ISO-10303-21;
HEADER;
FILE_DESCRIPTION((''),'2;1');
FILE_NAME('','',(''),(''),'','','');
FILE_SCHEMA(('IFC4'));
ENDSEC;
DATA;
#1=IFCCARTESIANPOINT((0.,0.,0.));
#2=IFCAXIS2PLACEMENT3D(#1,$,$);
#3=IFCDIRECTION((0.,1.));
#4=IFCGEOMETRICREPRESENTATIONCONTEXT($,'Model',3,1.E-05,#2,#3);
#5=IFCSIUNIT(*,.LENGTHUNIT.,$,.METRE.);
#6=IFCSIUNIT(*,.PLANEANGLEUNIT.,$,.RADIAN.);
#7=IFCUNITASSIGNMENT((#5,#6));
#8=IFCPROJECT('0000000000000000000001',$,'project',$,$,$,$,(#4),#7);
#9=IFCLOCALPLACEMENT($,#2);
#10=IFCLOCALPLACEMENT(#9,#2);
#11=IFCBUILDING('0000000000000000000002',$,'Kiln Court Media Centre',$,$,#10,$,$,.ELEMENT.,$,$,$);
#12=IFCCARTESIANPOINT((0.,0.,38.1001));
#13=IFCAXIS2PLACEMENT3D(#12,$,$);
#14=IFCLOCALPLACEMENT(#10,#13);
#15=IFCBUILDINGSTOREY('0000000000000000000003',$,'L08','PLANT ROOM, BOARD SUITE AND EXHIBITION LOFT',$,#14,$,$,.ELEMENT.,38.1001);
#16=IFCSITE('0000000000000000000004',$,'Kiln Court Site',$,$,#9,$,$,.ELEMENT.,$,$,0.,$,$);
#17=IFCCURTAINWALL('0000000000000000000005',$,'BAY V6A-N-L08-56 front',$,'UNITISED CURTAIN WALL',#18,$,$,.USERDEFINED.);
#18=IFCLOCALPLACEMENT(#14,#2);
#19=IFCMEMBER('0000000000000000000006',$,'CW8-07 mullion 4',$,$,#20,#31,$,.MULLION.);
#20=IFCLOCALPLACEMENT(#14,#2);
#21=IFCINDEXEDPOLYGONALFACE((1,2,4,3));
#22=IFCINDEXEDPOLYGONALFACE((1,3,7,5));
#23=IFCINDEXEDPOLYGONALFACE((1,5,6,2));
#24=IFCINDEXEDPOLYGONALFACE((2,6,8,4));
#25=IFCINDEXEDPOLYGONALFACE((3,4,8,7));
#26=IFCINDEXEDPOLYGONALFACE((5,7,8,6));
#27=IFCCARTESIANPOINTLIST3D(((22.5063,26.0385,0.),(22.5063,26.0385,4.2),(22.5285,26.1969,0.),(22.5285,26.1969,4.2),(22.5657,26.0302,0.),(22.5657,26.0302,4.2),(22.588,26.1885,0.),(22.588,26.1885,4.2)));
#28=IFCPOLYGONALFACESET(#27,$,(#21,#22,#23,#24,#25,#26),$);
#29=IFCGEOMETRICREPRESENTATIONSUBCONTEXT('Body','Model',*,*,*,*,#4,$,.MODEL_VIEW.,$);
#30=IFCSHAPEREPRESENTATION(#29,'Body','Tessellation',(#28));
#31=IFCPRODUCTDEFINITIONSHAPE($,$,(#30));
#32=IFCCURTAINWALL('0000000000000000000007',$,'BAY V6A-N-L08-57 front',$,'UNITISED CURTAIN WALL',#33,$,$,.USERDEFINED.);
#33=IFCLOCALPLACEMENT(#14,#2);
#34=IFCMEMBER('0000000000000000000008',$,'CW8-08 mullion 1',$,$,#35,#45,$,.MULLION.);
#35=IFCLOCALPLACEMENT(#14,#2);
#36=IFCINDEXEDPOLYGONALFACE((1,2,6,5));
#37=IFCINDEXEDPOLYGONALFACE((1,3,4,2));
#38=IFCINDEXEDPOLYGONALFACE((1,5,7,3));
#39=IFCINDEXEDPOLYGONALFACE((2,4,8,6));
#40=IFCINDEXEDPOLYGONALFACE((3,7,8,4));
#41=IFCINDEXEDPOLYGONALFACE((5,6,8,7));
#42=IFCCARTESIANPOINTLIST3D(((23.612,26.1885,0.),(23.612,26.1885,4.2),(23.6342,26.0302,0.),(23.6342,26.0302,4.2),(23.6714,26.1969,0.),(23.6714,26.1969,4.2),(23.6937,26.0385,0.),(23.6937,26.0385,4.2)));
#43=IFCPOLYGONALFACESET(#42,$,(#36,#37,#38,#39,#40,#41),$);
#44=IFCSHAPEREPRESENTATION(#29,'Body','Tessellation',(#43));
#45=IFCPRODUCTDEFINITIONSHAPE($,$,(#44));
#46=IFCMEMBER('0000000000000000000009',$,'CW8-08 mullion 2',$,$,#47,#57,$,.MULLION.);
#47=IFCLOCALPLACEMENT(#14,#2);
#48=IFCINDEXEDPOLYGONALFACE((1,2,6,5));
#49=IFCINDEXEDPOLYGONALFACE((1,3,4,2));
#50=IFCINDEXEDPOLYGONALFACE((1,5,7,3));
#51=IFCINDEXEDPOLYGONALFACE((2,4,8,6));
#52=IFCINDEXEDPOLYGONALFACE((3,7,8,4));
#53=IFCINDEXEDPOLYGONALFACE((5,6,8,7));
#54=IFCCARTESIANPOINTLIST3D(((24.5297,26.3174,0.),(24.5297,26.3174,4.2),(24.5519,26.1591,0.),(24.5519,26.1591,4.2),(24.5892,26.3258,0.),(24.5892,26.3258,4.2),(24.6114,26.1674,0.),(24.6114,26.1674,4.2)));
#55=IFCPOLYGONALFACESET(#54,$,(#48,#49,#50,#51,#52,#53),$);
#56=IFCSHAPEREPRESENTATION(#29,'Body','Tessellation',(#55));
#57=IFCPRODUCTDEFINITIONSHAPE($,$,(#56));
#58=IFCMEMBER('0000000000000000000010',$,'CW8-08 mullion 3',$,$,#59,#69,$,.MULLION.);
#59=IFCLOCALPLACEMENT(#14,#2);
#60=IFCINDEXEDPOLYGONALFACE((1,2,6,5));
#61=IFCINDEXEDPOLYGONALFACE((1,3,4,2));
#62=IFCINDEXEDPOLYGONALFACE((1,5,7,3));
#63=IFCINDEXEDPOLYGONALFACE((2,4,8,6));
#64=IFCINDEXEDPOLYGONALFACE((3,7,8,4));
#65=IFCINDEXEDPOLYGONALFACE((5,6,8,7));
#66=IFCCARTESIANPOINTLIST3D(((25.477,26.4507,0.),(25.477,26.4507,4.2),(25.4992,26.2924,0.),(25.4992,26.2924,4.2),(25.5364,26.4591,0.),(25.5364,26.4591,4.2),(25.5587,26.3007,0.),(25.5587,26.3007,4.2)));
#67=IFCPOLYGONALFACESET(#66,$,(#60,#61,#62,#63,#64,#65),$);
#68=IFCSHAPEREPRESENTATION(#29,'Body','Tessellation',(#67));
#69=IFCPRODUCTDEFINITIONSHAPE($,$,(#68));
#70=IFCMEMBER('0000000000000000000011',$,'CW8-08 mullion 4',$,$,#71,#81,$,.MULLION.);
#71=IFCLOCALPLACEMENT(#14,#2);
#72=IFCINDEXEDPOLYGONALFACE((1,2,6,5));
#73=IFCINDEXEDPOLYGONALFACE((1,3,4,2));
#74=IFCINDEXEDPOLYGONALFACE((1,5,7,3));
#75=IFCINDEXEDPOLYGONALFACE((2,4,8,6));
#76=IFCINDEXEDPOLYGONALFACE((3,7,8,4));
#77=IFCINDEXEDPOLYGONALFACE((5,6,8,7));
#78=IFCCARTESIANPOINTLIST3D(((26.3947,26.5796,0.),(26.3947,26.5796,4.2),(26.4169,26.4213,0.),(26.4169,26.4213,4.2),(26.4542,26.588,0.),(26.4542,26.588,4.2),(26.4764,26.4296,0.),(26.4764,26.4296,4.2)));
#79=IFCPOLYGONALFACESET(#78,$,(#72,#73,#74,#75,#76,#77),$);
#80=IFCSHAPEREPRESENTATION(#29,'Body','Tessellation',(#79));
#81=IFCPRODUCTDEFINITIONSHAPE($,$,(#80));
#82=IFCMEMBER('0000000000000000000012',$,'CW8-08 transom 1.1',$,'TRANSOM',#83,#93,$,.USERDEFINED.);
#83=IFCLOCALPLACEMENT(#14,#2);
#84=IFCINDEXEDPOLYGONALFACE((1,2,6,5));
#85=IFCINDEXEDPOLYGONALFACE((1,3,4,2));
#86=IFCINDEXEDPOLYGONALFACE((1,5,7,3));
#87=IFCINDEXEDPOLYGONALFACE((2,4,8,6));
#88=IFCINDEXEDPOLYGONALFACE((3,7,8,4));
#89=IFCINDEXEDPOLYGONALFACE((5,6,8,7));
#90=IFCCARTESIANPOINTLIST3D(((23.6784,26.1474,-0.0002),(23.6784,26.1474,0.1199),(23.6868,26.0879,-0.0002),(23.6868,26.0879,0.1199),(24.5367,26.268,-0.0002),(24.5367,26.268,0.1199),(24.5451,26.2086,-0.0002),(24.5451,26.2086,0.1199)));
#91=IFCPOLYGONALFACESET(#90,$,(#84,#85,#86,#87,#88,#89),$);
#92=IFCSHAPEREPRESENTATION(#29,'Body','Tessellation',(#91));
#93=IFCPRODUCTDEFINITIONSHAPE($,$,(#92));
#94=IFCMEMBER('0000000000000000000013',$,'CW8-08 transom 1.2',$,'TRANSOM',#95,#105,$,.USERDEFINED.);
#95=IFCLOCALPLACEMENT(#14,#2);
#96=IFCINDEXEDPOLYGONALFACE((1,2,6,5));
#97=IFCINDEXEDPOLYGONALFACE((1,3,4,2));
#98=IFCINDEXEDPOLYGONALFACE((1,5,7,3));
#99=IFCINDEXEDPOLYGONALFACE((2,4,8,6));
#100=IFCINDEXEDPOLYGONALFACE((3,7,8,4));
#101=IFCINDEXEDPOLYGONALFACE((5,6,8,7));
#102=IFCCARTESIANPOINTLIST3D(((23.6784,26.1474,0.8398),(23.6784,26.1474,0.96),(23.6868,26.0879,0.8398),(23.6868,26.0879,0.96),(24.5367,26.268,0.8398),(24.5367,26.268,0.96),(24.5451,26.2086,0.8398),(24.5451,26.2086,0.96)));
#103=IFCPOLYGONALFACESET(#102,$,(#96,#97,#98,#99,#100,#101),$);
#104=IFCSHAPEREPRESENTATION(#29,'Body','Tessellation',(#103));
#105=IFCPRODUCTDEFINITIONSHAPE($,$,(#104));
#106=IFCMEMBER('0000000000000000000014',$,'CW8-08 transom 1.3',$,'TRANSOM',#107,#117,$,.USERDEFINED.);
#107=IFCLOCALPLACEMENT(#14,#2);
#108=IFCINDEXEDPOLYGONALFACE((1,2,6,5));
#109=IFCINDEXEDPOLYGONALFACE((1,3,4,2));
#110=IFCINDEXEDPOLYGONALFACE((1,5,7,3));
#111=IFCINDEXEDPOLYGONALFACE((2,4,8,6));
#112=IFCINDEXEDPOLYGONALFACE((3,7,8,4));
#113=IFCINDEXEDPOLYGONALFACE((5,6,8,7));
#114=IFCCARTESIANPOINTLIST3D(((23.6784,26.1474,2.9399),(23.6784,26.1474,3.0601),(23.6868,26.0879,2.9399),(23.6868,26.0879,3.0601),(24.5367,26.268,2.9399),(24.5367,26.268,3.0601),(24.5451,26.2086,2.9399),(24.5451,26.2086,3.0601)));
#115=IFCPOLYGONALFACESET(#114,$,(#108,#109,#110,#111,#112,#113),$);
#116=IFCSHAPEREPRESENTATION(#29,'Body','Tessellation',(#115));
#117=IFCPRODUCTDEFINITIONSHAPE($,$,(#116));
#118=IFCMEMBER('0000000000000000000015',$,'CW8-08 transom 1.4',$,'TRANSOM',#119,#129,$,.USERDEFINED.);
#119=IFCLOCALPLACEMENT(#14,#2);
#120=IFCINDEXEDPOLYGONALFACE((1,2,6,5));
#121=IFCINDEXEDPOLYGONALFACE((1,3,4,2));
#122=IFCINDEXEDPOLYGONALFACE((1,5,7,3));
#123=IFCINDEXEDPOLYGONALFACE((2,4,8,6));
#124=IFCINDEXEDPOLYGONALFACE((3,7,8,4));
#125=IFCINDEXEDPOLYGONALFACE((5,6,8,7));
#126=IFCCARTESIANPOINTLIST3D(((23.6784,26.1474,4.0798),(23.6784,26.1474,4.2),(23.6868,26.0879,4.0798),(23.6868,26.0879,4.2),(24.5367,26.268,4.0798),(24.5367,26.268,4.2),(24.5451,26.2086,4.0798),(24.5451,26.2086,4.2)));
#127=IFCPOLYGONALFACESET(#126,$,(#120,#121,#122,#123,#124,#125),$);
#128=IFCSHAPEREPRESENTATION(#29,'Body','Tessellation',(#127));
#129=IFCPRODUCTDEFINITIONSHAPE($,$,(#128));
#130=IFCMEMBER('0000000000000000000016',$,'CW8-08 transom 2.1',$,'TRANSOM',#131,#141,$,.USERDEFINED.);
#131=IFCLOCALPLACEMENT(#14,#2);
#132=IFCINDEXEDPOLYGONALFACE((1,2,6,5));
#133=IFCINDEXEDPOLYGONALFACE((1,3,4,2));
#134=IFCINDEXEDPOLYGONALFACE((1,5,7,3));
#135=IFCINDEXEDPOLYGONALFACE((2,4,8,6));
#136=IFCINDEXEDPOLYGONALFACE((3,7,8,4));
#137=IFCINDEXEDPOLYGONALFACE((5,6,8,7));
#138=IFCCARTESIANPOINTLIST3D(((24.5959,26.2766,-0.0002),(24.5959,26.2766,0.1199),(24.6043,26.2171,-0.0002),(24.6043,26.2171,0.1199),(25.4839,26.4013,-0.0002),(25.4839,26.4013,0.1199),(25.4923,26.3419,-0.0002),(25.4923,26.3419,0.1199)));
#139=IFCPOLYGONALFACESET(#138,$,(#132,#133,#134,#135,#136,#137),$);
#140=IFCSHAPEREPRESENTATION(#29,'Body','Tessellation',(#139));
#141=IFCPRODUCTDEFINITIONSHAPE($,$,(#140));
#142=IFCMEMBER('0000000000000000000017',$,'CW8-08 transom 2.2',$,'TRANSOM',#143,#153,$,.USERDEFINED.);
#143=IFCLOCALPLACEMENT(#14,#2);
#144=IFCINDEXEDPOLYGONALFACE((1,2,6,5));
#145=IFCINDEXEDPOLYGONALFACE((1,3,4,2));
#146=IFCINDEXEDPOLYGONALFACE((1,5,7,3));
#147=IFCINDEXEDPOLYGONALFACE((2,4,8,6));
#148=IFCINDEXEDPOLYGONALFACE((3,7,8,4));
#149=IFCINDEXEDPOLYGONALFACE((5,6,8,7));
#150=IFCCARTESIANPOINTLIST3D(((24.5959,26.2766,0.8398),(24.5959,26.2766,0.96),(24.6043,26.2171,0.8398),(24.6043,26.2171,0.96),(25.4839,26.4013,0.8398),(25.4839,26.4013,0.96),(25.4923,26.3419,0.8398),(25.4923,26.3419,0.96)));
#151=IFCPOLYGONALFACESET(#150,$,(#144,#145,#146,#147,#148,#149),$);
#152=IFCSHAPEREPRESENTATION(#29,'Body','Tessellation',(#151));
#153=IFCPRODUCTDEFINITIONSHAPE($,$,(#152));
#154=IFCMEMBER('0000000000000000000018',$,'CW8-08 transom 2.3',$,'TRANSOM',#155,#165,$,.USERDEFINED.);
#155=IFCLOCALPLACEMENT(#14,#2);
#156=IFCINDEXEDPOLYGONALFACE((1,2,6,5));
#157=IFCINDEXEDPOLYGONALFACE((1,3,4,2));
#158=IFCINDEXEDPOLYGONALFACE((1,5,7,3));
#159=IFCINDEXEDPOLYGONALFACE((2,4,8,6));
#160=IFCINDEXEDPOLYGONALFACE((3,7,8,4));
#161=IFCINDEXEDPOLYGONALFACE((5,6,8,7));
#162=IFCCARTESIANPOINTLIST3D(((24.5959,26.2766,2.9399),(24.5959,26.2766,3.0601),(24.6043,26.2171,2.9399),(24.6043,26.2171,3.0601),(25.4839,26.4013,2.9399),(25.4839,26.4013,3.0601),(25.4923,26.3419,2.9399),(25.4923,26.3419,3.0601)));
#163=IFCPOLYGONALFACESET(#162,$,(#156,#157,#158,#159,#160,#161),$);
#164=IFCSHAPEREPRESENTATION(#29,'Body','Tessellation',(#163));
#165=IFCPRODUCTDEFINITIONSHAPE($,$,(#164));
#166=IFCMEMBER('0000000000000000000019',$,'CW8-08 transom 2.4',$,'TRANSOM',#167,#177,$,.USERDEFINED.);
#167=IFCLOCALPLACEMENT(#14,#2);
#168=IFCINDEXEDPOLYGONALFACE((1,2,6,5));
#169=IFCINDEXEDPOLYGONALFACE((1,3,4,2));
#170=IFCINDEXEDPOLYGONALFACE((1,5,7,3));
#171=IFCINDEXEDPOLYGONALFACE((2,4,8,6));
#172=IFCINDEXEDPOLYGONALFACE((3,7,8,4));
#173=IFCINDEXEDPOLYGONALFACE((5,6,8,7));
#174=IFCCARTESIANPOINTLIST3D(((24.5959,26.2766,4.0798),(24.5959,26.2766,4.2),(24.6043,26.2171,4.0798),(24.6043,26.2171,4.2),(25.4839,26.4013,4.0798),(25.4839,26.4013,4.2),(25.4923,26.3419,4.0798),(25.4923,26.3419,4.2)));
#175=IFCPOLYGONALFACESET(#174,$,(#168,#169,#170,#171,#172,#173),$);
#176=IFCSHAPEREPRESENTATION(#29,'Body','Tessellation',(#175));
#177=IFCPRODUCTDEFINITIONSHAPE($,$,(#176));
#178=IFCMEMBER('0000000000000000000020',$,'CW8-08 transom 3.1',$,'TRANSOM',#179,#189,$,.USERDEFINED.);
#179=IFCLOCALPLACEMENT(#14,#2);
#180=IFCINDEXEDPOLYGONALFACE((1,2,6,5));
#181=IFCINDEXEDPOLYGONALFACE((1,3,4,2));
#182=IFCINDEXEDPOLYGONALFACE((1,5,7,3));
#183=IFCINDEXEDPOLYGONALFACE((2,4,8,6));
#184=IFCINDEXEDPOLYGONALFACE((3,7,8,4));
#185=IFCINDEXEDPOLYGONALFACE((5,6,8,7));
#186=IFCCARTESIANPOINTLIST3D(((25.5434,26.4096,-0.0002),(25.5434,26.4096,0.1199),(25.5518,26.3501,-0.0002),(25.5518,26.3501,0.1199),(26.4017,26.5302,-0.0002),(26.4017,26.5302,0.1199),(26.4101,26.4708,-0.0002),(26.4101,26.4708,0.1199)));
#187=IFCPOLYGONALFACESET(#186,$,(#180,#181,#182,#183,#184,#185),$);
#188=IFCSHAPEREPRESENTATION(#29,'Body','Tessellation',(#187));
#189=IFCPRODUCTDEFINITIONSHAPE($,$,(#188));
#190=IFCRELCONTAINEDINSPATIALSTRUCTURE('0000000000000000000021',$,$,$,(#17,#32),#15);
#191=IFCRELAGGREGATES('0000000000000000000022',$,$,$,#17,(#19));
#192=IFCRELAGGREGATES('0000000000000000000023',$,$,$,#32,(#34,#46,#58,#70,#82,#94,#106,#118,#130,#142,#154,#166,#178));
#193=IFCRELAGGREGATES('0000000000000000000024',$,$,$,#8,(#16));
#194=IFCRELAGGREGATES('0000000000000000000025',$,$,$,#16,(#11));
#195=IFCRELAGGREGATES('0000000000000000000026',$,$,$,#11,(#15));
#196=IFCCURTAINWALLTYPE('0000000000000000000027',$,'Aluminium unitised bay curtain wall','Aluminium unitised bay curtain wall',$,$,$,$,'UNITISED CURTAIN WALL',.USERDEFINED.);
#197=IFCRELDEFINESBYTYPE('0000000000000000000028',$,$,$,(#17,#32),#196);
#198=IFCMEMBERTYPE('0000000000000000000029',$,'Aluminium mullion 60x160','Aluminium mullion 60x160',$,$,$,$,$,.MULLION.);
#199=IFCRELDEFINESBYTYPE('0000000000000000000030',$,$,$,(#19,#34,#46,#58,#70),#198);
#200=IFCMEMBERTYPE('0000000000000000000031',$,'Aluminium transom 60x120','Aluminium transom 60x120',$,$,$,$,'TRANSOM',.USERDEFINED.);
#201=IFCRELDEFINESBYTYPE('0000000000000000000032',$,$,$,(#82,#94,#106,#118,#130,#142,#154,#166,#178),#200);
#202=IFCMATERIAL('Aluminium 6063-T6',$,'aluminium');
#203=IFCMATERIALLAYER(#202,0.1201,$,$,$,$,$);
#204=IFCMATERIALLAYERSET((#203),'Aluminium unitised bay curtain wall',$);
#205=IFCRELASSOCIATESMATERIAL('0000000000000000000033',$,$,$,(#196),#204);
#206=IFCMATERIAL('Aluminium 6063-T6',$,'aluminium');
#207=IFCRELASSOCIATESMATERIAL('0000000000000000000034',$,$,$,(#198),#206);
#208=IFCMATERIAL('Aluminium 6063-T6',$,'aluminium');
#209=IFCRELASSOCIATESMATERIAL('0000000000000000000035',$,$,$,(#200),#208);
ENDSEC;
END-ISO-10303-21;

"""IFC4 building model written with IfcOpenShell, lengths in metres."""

from ifc_helpers import new_model, si_unit, direction, frame, origin, origin_2d, place, context, subcontext, project, spatial, rectangle, extrude, material, layer, layer_set, material_profile, profile_set, type_object, element, aggregate, save


model = new_model("IFC4")

# Units and contexts
model_context = context("Model", 3, precision=1e-05, world=origin(), true_north=direction((0.0, 1.0)))
body_context = subcontext(model_context, "Body", "Model", "MODEL_VIEW")
ifc_project = project(units=[si_unit("LENGTHUNIT", "METRE"), si_unit("PLANEANGLEUNIT", "RADIAN")], contexts=[model_context])

# Site, building, storey
site_placement = place(None, origin())
site = spatial("IfcSite", under=ifc_project, at=site_placement, Name="Kiln Court Site", CompositionType="ELEMENT", RefElevation=0.0)
building_placement = place(site_placement, origin())
building = spatial("IfcBuilding", under=site, at=building_placement, Name="Kiln Court Media Centre", CompositionType="ELEMENT")
storey_placement = place(building_placement, frame((0.0, 0.0, 38.1001)))
storey = spatial("IfcBuildingStorey", under=building, at=storey_placement, Name="L08", Description="PLANT ROOM, BOARD SUITE AND EXHIBITION LOFT", CompositionType="ELEMENT", Elevation=38.1001)

# Curtain wall, member
ifc_material_1 = material(Name="Aluminium 6063-T6", Category="aluminium")
ifc_layer_1 = layer(ifc_material_1, 0.1201)
ifc_layer_set_1 = layer_set([ifc_layer_1], Name="Aluminium unitised bay curtain wall")
curtain_wall_type = type_object("IfcCurtainWallType", Name="Aluminium unitised bay curtain wall", Description="Aluminium unitised bay curtain wall", ElementType="UNITISED CURTAIN WALL", PredefinedType="USERDEFINED", material=ifc_layer_set_1)
curtain_wall_1_placement = place(storey_placement, origin())
curtain_wall_1 = element("IfcCurtainWall", 1, at=curtain_wall_1_placement, inside=storey, type_object=curtain_wall_type, Name="BAY V6A-N-L08-56 front", ObjectType="UNITISED CURTAIN WALL", PredefinedType="USERDEFINED")
ifc_material_2 = material(Name="Aluminium 6063-T6", Category="aluminium")
ifc_material_profile_1 = material_profile(ifc_material_2, rectangle(XDim=0.0601, YDim=0.1599, at=origin_2d()), Name="Aluminium mullion 60x160")
ifc_profile_set_1 = profile_set([ifc_material_profile_1], Name="Aluminium 6063-T6")
member_type_1 = type_object("IfcMemberType", Name="Aluminium mullion 60x160", Description="Aluminium mullion 60x160", PredefinedType="MULLION", material=ifc_profile_set_1)
member_1_placement = place(storey_placement, frame((22.5471, 26.1135, 0.0), z_axis=(0.0, 0.0, 1.0), x_axis=(0.99027, -0.139162, 0.0)))
member_1 = element("IfcMember", 2, at=member_1_placement, type_object=member_type_1, Name="CW8-07 mullion 4", PredefinedType="MULLION", context=body_context, shape_type="SweptSolid", body=[
    extrude(rectangle(XDim=0.0601, YDim=0.1599, at=origin_2d()), origin(), (0.0, 0.0, 1.0), 4.2),
])
aggregate(curtain_wall_1, [member_1])

# Curtain wall, members
curtain_wall_2_placement = place(storey_placement, origin())
curtain_wall_2 = element("IfcCurtainWall", 3, at=curtain_wall_2_placement, inside=storey, type_object=curtain_wall_type, Name="BAY V6A-N-L08-57 front", ObjectType="UNITISED CURTAIN WALL", PredefinedType="USERDEFINED")
member_2_placement = place(storey_placement, frame((23.6528, 26.1135, 0.0), z_axis=(0.0, 0.0, 1.0), x_axis=(0.99027, 0.139162, 0.0)))
member_2 = element("IfcMember", 4, at=member_2_placement, type_object=member_type_1, Name="CW8-08 mullion 1", PredefinedType="MULLION", context=body_context, shape_type="SweptSolid", body=[
    extrude(rectangle(XDim=0.0601, YDim=0.1599, at=origin_2d()), origin(), (0.0, 0.0, 1.0), 4.2),
])
member_3_placement = place(storey_placement, frame((24.5706, 26.2424, 0.0), z_axis=(0.0, 0.0, 1.0), x_axis=(0.99027, 0.139162, 0.0)))
member_3 = element("IfcMember", 5, at=member_3_placement, type_object=member_type_1, Name="CW8-08 mullion 2", PredefinedType="MULLION", context=body_context, shape_type="SweptSolid", body=[
    extrude(rectangle(XDim=0.0601, YDim=0.1599, at=origin_2d()), origin(), (0.0, 0.0, 1.0), 4.2),
])
member_4_placement = place(storey_placement, frame((25.5178, 26.3757, 0.0), z_axis=(0.0, 0.0, 1.0), x_axis=(0.99027, 0.139162, 0.0)))
member_4 = element("IfcMember", 6, at=member_4_placement, type_object=member_type_1, Name="CW8-08 mullion 3", PredefinedType="MULLION", context=body_context, shape_type="SweptSolid", body=[
    extrude(rectangle(XDim=0.0601, YDim=0.1599, at=origin_2d()), origin(), (0.0, 0.0, 1.0), 4.2),
])
member_5_placement = place(storey_placement, frame((26.4355, 26.5046, 0.0), z_axis=(0.0, 0.0, 1.0), x_axis=(0.99027, 0.139162, 0.0)))
member_5 = element("IfcMember", 7, at=member_5_placement, type_object=member_type_1, Name="CW8-08 mullion 4", PredefinedType="MULLION", context=body_context, shape_type="SweptSolid", body=[
    extrude(rectangle(XDim=0.0601, YDim=0.1599, at=origin_2d()), origin(), (0.0, 0.0, 1.0), 4.2),
])
ifc_material_3 = material(Name="Aluminium 6063-T6", Category="aluminium")
ifc_material_profile_2 = material_profile(ifc_material_3, rectangle(XDim=0.0601, YDim=0.1201, at=origin_2d()), Name="Aluminium transom 60x120")
ifc_profile_set_2 = profile_set([ifc_material_profile_2], Name="Aluminium 6063-T6")
member_type_2 = type_object("IfcMemberType", Name="Aluminium transom 60x120", Description="Aluminium transom 60x120", ElementType="TRANSOM", PredefinedType="USERDEFINED", material=ifc_profile_set_2)
member_6_placement = place(storey_placement, frame((23.6826, 26.1177, 0.0598), z_axis=(0.990268, 0.139173, 0.0), x_axis=(-0.139173, 0.990268, 0.0)))
member_6 = element("IfcMember", 8, at=member_6_placement, type_object=member_type_2, Name="CW8-08 transom 1.1", ObjectType="TRANSOM", PredefinedType="USERDEFINED", context=body_context, shape_type="SweptSolid", body=[
    extrude(rectangle(XDim=0.0601, YDim=0.1201, at=origin_2d()), origin(), (0.0, 0.0, 1.0), 0.8667),
])
member_7_placement = place(storey_placement, frame((23.6826, 26.1177, 0.8999), z_axis=(0.990268, 0.139173, 0.0), x_axis=(-0.139173, 0.990268, 0.0)))
member_7 = element("IfcMember", 9, at=member_7_placement, type_object=member_type_2, Name="CW8-08 transom 1.2", ObjectType="TRANSOM", PredefinedType="USERDEFINED", context=body_context, shape_type="SweptSolid", body=[
    extrude(rectangle(XDim=0.0601, YDim=0.1201, at=origin_2d()), origin(), (0.0, 0.0, 1.0), 0.8667),
])
member_8_placement = place(storey_placement, frame((23.6826, 26.1177, 3.0), z_axis=(0.990268, 0.139173, 0.0), x_axis=(-0.139173, 0.990268, 0.0)))
member_8 = element("IfcMember", 10, at=member_8_placement, type_object=member_type_2, Name="CW8-08 transom 1.3", ObjectType="TRANSOM", PredefinedType="USERDEFINED", context=body_context, shape_type="SweptSolid", body=[
    extrude(rectangle(XDim=0.0601, YDim=0.1201, at=origin_2d()), origin(), (0.0, 0.0, 1.0), 0.8667),
])
member_9_placement = place(storey_placement, frame((23.6826, 26.1177, 4.1399), z_axis=(0.990268, 0.139173, 0.0), x_axis=(-0.139173, 0.990268, 0.0)))
member_9 = element("IfcMember", 11, at=member_9_placement, type_object=member_type_2, Name="CW8-08 transom 1.4", ObjectType="TRANSOM", PredefinedType="USERDEFINED", context=body_context, shape_type="SweptSolid", body=[
    extrude(rectangle(XDim=0.0601, YDim=0.1201, at=origin_2d()), origin(), (0.0, 0.0, 1.0), 0.8667),
])
member_10_placement = place(storey_placement, frame((24.6001, 26.2468, 0.0598), z_axis=(0.990274, 0.139134, 0.0), x_axis=(-0.139134, 0.990274, 0.0)))
member_10 = element("IfcMember", 12, at=member_10_placement, type_object=member_type_2, Name="CW8-08 transom 2.1", ObjectType="TRANSOM", PredefinedType="USERDEFINED", context=body_context, shape_type="SweptSolid", body=[
    extrude(rectangle(XDim=0.0601, YDim=0.1201, at=origin_2d()), origin(), (0.0, 0.0, 1.0), 0.8967),
])
member_11_placement = place(storey_placement, frame((24.6001, 26.2468, 0.8999), z_axis=(0.990274, 0.139134, 0.0), x_axis=(-0.139134, 0.990274, 0.0)))
member_11 = element("IfcMember", 13, at=member_11_placement, type_object=member_type_2, Name="CW8-08 transom 2.2", ObjectType="TRANSOM", PredefinedType="USERDEFINED", context=body_context, shape_type="SweptSolid", body=[
    extrude(rectangle(XDim=0.0601, YDim=0.1201, at=origin_2d()), origin(), (0.0, 0.0, 1.0), 0.8967),
])
member_12_placement = place(storey_placement, frame((24.6001, 26.2468, 3.0), z_axis=(0.990274, 0.139134, 0.0), x_axis=(-0.139134, 0.990274, 0.0)))
member_12 = element("IfcMember", 14, at=member_12_placement, type_object=member_type_2, Name="CW8-08 transom 2.3", ObjectType="TRANSOM", PredefinedType="USERDEFINED", context=body_context, shape_type="SweptSolid", body=[
    extrude(rectangle(XDim=0.0601, YDim=0.1201, at=origin_2d()), origin(), (0.0, 0.0, 1.0), 0.8967),
])
member_13_placement = place(storey_placement, frame((24.6001, 26.2468, 4.1399), z_axis=(0.990274, 0.139134, 0.0), x_axis=(-0.139134, 0.990274, 0.0)))
member_13 = element("IfcMember", 15, at=member_13_placement, type_object=member_type_2, Name="CW8-08 transom 2.4", ObjectType="TRANSOM", PredefinedType="USERDEFINED", context=body_context, shape_type="SweptSolid", body=[
    extrude(rectangle(XDim=0.0601, YDim=0.1201, at=origin_2d()), origin(), (0.0, 0.0, 1.0), 0.8967),
])
member_14_placement = place(storey_placement, frame((25.5476, 26.3799, 0.0598), z_axis=(0.990268, 0.139173, 0.0), x_axis=(-0.139173, 0.990268, 0.0)))
member_14 = element("IfcMember", 16, at=member_14_placement, type_object=member_type_2, Name="CW8-08 transom 3.1", ObjectType="TRANSOM", PredefinedType="USERDEFINED", context=body_context, shape_type="SweptSolid", body=[
    extrude(rectangle(XDim=0.0601, YDim=0.1201, at=origin_2d()), origin(), (0.0, 0.0, 1.0), 0.8667),
])
aggregate(curtain_wall_2, [member_2, member_3, member_4, member_5, member_6, member_7, member_8, member_9, member_10, member_11, member_12, member_13, member_14])

save(model, "model.ifc")
